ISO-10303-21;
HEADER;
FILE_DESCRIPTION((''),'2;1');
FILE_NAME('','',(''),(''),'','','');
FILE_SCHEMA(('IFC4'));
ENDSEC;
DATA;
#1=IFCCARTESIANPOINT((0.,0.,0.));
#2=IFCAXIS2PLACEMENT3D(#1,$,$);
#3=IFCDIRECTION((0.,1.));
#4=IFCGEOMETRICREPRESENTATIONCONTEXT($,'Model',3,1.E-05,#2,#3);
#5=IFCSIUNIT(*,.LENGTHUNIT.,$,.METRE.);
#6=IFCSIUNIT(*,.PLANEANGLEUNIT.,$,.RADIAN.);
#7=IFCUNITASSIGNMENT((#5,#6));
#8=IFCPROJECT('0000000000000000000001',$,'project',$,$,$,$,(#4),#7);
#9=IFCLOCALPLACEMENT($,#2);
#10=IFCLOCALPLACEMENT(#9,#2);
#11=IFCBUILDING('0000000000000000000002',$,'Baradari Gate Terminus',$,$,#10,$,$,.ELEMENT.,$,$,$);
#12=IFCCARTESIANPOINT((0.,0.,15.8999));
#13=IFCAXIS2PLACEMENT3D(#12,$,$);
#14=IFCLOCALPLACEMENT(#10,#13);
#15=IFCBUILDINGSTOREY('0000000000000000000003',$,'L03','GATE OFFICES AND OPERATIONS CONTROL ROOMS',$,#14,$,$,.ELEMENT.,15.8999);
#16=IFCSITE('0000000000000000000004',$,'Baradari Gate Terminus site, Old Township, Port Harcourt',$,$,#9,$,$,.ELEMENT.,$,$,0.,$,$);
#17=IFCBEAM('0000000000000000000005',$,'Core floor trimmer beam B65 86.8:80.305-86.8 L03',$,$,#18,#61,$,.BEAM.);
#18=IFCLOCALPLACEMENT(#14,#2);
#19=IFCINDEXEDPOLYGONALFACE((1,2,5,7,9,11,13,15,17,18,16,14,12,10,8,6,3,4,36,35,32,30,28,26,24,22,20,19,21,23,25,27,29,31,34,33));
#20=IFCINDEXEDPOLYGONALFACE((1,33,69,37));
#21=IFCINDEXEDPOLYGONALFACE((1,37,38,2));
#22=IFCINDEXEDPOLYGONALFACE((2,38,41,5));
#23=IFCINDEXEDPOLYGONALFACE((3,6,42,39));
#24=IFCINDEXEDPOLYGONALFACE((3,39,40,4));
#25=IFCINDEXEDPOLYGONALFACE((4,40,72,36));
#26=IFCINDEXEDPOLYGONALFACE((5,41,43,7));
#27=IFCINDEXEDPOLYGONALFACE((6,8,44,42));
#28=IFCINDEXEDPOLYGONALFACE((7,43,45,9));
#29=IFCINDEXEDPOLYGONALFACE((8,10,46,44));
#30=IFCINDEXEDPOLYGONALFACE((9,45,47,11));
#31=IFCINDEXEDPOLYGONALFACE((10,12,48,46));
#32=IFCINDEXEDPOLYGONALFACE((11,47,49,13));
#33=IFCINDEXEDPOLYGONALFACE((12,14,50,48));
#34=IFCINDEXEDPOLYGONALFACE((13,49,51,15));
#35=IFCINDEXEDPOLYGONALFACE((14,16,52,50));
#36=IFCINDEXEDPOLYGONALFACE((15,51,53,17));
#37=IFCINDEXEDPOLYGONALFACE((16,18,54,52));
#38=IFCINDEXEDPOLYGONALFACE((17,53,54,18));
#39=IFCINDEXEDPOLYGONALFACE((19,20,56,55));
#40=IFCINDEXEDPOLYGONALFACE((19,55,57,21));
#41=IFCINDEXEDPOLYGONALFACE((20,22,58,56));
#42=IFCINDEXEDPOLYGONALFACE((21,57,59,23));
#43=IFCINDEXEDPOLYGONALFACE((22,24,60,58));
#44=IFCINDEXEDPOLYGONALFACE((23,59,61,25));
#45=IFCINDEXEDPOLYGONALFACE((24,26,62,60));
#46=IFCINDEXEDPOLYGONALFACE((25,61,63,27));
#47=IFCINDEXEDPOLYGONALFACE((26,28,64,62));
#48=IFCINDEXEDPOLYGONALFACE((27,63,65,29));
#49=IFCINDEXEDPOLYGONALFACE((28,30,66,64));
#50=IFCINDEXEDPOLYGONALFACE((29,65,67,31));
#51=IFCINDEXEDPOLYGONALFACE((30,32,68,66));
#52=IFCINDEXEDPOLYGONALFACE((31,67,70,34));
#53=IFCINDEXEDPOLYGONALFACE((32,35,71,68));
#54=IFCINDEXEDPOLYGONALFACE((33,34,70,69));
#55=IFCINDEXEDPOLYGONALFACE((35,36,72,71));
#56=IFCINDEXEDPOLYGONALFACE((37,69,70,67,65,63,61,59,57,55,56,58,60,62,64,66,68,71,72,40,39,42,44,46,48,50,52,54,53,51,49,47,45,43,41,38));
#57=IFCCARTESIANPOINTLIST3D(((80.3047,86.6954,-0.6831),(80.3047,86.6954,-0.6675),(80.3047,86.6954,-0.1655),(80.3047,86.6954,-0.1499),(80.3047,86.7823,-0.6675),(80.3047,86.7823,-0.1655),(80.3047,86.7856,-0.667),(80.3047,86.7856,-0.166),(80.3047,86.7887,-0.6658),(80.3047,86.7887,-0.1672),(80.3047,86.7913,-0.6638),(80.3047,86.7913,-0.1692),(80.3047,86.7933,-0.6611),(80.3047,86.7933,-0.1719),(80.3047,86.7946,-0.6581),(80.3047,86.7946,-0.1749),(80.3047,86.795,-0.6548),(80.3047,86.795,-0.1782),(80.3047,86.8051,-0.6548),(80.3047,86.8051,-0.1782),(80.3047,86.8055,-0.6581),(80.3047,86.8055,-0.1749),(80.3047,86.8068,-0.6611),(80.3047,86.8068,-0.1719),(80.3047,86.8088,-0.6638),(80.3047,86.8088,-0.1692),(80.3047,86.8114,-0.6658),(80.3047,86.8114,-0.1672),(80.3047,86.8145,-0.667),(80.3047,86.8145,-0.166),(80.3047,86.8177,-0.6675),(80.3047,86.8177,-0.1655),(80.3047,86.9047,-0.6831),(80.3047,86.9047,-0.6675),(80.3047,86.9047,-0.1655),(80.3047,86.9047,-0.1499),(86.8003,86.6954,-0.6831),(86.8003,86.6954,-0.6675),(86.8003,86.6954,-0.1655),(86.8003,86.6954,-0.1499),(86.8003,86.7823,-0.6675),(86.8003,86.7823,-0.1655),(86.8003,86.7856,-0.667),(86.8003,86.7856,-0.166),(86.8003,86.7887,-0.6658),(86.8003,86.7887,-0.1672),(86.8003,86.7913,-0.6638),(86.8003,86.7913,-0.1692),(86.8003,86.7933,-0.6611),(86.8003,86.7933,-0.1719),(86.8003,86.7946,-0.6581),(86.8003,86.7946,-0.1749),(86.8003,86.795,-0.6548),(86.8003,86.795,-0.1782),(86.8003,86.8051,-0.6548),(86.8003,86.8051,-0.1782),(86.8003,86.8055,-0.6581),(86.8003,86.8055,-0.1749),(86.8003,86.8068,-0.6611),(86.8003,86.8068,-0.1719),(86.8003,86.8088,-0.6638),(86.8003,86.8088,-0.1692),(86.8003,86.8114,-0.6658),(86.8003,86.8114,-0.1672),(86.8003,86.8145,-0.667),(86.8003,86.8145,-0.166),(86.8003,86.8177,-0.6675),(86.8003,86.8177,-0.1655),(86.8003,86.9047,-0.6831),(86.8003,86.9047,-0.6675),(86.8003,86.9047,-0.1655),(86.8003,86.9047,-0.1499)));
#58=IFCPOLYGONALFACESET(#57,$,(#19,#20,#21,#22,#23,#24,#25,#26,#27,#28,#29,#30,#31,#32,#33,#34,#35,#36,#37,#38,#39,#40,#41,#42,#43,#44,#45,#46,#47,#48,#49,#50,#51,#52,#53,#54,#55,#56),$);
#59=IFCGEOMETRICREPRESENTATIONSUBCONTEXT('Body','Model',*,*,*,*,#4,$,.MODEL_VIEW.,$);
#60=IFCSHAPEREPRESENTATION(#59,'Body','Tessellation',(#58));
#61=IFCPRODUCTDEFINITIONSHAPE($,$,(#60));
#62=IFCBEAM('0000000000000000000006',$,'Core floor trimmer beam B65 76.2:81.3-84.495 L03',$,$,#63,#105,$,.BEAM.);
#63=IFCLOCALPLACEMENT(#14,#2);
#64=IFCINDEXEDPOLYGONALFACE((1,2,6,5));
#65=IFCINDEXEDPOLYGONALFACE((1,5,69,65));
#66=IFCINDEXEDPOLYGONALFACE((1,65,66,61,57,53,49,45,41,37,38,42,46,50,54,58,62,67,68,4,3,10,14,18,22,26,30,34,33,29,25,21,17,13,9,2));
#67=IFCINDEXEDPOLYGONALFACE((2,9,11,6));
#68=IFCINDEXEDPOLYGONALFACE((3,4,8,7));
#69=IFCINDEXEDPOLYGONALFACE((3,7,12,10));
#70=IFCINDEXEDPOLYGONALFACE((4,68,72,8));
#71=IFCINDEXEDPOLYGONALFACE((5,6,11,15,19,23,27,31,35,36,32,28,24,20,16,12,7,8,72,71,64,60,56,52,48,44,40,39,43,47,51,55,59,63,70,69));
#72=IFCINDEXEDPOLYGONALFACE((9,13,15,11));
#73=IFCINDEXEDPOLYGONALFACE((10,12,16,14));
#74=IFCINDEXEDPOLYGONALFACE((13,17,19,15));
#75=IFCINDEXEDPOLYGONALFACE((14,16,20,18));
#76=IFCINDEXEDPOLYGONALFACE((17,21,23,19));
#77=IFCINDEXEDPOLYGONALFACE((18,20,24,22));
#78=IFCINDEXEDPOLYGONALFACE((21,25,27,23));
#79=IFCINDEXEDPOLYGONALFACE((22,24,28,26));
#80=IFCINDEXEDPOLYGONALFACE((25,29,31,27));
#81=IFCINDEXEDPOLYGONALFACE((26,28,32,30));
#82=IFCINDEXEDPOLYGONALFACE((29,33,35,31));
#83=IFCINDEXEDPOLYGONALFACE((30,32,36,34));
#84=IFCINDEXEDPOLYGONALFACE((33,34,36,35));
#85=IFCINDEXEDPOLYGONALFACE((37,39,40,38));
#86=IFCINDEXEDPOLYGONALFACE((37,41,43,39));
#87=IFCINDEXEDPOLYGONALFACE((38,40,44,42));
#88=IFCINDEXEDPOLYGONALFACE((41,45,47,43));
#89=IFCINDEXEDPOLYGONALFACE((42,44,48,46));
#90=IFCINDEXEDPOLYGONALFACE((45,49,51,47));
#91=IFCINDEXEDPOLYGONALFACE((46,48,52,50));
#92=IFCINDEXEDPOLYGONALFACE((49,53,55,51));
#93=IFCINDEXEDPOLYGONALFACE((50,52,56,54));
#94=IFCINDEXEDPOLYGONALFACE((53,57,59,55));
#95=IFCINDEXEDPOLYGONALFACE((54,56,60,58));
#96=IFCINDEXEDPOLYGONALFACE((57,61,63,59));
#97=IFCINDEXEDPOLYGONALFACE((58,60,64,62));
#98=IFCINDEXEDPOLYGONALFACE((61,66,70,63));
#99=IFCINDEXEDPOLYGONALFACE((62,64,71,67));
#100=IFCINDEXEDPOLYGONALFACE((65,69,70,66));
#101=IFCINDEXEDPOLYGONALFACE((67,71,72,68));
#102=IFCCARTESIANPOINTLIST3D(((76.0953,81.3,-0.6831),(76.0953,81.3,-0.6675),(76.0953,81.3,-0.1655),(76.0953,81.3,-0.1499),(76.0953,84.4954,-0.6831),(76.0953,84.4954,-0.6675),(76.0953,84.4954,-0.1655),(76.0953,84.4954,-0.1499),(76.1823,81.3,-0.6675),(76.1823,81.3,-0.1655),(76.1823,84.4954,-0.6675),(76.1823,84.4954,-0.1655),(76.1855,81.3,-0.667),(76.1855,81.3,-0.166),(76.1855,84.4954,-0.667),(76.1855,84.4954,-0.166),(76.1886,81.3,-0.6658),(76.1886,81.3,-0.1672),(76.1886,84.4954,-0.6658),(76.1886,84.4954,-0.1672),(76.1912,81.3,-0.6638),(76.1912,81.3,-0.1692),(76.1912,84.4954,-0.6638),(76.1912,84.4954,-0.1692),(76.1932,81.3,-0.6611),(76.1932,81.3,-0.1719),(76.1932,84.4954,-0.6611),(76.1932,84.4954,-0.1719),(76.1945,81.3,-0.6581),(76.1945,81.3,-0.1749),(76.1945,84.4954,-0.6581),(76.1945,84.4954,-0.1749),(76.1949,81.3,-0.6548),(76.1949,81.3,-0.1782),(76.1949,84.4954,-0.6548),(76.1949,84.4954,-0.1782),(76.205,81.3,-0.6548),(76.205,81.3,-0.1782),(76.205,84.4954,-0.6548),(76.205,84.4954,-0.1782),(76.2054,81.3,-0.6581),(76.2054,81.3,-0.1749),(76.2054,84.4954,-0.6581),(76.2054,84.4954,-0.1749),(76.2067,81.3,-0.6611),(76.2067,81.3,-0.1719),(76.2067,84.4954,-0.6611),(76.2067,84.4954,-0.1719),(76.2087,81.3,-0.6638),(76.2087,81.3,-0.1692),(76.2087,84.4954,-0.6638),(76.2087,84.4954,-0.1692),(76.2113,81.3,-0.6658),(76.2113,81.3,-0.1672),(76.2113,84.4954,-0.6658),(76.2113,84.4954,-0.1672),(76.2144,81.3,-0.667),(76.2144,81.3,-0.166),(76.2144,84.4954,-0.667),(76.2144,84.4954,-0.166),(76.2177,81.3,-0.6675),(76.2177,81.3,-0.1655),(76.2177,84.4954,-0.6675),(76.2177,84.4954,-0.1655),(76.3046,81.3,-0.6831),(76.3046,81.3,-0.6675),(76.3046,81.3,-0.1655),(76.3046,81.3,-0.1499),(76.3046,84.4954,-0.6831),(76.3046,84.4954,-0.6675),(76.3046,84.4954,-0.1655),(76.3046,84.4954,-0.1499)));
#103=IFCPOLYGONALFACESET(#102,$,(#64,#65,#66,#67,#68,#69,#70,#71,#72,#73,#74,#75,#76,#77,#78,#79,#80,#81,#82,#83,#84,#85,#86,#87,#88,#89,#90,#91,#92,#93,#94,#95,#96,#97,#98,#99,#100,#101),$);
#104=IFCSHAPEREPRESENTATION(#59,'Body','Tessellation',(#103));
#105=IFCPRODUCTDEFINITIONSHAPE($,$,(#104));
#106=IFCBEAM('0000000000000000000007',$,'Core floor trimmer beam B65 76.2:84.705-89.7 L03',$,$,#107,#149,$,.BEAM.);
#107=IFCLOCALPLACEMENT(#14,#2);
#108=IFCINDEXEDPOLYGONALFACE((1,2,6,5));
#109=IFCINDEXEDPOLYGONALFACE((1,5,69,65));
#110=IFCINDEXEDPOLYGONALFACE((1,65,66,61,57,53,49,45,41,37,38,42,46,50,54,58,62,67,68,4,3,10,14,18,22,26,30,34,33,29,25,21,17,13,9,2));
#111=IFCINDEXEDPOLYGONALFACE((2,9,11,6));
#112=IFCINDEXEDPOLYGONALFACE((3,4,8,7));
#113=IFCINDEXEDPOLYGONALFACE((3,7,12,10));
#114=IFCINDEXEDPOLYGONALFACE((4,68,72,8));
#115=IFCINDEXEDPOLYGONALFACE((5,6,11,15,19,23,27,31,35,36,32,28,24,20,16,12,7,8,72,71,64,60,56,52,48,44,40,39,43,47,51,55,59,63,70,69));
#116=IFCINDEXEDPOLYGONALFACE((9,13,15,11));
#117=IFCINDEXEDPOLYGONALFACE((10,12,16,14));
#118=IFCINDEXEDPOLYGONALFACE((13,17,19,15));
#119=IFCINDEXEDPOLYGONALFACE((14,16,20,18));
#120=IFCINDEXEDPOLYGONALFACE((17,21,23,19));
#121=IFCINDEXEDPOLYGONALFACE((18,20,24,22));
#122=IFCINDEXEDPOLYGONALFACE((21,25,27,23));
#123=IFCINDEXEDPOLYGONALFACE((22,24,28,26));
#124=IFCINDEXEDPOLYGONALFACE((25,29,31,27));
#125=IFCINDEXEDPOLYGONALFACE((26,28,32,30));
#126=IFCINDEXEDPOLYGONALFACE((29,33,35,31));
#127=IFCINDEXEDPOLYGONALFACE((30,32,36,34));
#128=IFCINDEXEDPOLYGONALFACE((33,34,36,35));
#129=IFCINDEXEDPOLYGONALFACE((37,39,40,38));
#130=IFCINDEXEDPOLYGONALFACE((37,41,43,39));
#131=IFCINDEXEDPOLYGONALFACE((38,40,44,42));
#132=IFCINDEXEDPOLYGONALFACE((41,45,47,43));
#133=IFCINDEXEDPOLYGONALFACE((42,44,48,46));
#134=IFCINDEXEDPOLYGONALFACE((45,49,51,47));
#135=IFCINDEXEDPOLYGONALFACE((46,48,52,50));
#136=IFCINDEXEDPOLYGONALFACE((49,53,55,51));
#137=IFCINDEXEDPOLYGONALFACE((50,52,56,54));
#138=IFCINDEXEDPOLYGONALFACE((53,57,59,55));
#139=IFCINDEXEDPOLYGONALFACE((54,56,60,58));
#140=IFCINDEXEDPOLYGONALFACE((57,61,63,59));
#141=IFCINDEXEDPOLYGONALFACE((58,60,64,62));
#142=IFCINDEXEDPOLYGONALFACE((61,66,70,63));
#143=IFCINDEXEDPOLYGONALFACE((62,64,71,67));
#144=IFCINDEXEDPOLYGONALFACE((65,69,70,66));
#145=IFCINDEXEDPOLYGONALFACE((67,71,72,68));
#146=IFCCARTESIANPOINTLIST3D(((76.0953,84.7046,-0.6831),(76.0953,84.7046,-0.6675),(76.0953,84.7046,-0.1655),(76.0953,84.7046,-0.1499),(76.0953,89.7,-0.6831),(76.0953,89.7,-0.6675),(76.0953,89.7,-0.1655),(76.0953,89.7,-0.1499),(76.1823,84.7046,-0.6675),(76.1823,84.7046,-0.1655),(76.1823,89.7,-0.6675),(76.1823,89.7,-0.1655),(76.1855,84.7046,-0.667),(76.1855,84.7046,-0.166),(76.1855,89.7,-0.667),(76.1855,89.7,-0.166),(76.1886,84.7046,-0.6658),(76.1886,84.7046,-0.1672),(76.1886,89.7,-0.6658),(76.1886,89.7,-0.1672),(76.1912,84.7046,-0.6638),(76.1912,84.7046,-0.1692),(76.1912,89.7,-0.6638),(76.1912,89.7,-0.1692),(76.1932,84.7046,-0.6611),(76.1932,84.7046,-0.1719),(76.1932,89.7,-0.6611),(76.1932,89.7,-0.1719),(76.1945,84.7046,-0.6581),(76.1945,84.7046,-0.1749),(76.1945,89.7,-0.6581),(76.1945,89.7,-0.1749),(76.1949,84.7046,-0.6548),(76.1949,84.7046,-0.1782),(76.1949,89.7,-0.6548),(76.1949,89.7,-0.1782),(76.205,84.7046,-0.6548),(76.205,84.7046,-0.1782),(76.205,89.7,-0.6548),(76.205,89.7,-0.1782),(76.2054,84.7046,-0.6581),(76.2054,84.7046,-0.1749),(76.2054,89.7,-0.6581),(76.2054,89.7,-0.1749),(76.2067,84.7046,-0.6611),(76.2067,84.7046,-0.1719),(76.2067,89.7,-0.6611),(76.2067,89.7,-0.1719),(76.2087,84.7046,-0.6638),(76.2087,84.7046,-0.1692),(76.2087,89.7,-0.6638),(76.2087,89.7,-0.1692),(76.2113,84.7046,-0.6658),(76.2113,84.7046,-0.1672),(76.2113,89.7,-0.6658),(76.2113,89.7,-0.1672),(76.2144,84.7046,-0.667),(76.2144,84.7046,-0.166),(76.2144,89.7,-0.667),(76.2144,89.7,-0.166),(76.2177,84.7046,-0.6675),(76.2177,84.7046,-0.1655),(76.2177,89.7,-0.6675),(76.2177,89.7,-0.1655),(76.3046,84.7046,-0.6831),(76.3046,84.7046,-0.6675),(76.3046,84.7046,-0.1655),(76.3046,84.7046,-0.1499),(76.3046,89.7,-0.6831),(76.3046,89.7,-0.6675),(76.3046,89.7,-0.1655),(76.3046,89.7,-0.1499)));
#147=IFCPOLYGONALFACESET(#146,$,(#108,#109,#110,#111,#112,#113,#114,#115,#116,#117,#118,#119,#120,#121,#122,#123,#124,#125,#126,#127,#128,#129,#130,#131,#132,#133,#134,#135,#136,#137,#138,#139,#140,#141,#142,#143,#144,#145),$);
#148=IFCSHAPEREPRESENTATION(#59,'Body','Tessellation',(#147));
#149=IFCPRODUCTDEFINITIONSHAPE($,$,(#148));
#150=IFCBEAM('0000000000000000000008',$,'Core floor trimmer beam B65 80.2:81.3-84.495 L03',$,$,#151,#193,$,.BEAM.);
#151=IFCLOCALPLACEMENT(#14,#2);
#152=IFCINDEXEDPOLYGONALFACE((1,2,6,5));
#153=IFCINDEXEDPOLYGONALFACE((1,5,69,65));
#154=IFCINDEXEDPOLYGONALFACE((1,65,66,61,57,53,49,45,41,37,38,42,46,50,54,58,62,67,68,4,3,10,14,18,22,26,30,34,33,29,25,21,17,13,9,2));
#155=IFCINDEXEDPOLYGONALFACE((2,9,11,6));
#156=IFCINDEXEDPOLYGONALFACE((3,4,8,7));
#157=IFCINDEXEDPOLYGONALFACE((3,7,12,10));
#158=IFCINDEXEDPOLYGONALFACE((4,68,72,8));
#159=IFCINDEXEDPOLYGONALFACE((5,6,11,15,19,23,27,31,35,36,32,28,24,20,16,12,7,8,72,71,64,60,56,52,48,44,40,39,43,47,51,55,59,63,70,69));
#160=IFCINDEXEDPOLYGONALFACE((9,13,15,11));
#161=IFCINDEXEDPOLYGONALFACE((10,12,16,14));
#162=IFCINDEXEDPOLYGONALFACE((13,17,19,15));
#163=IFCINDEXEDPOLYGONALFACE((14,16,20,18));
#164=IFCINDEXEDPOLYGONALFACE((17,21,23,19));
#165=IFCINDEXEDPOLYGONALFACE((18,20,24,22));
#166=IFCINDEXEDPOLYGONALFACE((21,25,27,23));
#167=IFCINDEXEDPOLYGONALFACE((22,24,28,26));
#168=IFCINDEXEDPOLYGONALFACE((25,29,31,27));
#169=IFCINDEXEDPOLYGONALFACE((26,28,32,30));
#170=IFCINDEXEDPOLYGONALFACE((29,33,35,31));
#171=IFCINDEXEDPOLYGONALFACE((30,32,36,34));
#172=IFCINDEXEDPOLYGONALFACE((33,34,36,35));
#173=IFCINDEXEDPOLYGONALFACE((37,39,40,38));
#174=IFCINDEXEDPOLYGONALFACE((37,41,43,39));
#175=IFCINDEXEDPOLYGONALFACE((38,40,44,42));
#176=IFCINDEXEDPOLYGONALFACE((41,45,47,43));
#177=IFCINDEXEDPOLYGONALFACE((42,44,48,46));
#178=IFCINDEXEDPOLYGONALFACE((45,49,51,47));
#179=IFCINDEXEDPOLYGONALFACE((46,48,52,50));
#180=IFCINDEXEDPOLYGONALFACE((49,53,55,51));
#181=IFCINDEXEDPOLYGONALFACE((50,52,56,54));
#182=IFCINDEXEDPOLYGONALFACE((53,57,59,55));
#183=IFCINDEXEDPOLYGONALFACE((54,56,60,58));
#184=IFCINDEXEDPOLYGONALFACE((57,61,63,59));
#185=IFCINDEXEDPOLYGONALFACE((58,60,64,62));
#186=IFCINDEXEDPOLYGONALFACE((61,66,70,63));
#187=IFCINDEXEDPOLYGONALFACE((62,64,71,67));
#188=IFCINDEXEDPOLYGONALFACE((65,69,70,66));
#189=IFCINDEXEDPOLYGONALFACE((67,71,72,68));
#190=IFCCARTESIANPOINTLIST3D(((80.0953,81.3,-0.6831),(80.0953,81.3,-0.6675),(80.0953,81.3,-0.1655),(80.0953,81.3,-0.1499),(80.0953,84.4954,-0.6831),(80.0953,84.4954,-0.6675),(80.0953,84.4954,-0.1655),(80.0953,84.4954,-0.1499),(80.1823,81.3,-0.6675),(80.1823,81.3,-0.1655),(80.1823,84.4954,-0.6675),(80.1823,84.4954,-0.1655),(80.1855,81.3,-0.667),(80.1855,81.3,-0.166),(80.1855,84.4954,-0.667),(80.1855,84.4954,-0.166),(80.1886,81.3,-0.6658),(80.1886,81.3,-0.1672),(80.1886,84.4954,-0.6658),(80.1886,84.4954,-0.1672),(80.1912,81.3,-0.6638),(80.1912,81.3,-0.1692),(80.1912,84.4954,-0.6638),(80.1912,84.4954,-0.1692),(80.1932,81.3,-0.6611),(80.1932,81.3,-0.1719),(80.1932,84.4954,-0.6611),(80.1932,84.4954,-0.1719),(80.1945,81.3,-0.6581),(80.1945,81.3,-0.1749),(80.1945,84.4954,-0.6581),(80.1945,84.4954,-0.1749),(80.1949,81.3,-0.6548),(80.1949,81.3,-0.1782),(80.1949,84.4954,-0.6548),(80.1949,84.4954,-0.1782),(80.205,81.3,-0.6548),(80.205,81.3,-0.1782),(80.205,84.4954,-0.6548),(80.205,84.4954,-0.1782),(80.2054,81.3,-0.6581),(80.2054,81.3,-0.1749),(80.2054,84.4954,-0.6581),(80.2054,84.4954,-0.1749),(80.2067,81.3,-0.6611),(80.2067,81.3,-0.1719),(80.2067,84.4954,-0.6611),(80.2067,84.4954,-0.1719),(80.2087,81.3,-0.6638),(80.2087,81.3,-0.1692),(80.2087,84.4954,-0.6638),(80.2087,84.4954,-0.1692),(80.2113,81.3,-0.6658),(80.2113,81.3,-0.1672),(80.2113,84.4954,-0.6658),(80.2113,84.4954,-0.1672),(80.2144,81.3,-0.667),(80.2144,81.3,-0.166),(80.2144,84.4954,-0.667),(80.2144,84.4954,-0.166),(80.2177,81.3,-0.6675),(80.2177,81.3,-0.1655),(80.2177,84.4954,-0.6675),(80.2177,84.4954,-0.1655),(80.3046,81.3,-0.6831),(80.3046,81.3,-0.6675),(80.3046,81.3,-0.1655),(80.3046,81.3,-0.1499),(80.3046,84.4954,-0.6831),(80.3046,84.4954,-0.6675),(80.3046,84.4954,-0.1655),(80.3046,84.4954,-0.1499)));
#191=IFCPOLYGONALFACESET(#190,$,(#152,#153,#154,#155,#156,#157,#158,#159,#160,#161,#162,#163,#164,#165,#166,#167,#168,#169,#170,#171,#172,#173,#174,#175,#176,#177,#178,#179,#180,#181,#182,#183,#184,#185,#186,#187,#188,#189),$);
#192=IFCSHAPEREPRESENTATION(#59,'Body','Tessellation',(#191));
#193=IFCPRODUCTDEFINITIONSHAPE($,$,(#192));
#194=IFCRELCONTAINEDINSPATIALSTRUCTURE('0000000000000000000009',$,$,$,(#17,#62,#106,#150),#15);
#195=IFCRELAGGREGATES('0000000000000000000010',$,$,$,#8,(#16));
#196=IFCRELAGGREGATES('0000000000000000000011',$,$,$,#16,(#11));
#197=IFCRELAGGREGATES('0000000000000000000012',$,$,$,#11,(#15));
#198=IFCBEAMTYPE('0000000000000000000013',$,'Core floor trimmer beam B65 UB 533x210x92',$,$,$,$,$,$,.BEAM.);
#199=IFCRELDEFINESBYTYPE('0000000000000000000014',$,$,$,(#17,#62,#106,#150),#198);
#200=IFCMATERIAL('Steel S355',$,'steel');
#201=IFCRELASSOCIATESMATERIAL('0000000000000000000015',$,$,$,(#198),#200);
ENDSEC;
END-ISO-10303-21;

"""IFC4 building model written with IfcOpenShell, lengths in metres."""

from ifc_helpers import new_model, si_unit, direction, frame, origin, origin_2d, place, context, subcontext, project, spatial, i_section, extrude, material, material_profile, profile_set, type_object, element, save


model = new_model("IFC4")

# Units and contexts
model_context = context("Model", 3, precision=1e-05, world=origin(), true_north=direction((0.0, 1.0)))
body_context = subcontext(model_context, "Body", "Model", "MODEL_VIEW")
ifc_project = project(units=[si_unit("LENGTHUNIT", "METRE"), si_unit("PLANEANGLEUNIT", "RADIAN")], contexts=[model_context])

# Site, building, storey
site_placement = place(None, origin())
site = spatial("IfcSite", under=ifc_project, at=site_placement, Name="Baradari Gate Terminus site, Old Township, Port Harcourt", CompositionType="ELEMENT", RefElevation=0.0)
building_placement = place(site_placement, origin())
building = spatial("IfcBuilding", under=site, at=building_placement, Name="Baradari Gate Terminus", CompositionType="ELEMENT")
storey_placement = place(building_placement, frame((0.0, 0.0, 15.8999)))
storey = spatial("IfcBuildingStorey", under=building, at=storey_placement, Name="L03", Description="GATE OFFICES AND OPERATIONS CONTROL ROOMS", CompositionType="ELEMENT", Elevation=15.8999)

# Beams
ifc_material_1 = material(Name="Steel S355", Category="steel")
ifc_material_profile_1 = material_profile(ifc_material_1, i_section(OverallWidth=0.2092, OverallDepth=0.5332, WebThickness=0.01, FlangeThickness=0.0156, FilletRadius=0.0127, at=origin_2d()), Name="UB 533x210x92")
ifc_profile_set_1 = profile_set([ifc_material_profile_1], Name="Steel S355")
beam_type_1 = type_object("IfcBeamType", Name="Core floor trimmer beam B65 UB 533x210x92", PredefinedType="BEAM", material=ifc_profile_set_1)
beam_1_placement = place(storey_placement, frame((80.3047, 86.8, -0.4165), z_axis=(1.0, 0.0, 0.0), x_axis=(0.0, 1.0, 0.0)))
element("IfcBeam", 1, at=beam_1_placement, inside=storey, type_object=beam_type_1, Name="Core floor trimmer beam B65 86.8:80.305-86.8 L03", PredefinedType="BEAM", context=body_context, shape_type="SweptSolid", body=[
    extrude(i_section(OverallWidth=0.2092, OverallDepth=0.5332, WebThickness=0.01, FlangeThickness=0.0156, FilletRadius=0.0127, at=origin_2d()), origin(), (0.0, 0.0, 1.0), 6.4956),
])
beam_2_placement = place(storey_placement, frame((76.2, 81.3, -0.4165), z_axis=(0.0, 1.0, 0.0), x_axis=(-1.0, 0.0, 0.0)))
element("IfcBeam", 2, at=beam_2_placement, inside=storey, type_object=beam_type_1, Name="Core floor trimmer beam B65 76.2:81.3-84.495 L03", PredefinedType="BEAM", context=body_context, shape_type="SweptSolid", body=[
    extrude(i_section(OverallWidth=0.2092, OverallDepth=0.5332, WebThickness=0.01, FlangeThickness=0.0156, FilletRadius=0.0127, at=origin_2d()), origin(), (0.0, 0.0, 1.0), 3.1953),
])
beam_3_placement = place(storey_placement, frame((76.2, 84.7046, -0.4165), z_axis=(0.0, 1.0, 0.0), x_axis=(-1.0, 0.0, 0.0)))
element("IfcBeam", 3, at=beam_3_placement, inside=storey, type_object=beam_type_1, Name="Core floor trimmer beam B65 76.2:84.705-89.7 L03", PredefinedType="BEAM", context=body_context, shape_type="SweptSolid", body=[
    extrude(i_section(OverallWidth=0.2092, OverallDepth=0.5332, WebThickness=0.01, FlangeThickness=0.0156, FilletRadius=0.0127, at=origin_2d()), origin(), (0.0, 0.0, 1.0), 4.9954),
])
beam_4_placement = place(storey_placement, frame((80.2, 81.3, -0.4165), z_axis=(0.0, 1.0, 0.0), x_axis=(-1.0, 0.0, 0.0)))
element("IfcBeam", 4, at=beam_4_placement, inside=storey, type_object=beam_type_1, Name="Core floor trimmer beam B65 80.2:81.3-84.495 L03", PredefinedType="BEAM", context=body_context, shape_type="SweptSolid", body=[
    extrude(i_section(OverallWidth=0.2092, OverallDepth=0.5332, WebThickness=0.01, FlangeThickness=0.0156, FilletRadius=0.0127, at=origin_2d()), origin(), (0.0, 0.0, 1.0), 3.1953),
])

save(model, "model.ifc")
